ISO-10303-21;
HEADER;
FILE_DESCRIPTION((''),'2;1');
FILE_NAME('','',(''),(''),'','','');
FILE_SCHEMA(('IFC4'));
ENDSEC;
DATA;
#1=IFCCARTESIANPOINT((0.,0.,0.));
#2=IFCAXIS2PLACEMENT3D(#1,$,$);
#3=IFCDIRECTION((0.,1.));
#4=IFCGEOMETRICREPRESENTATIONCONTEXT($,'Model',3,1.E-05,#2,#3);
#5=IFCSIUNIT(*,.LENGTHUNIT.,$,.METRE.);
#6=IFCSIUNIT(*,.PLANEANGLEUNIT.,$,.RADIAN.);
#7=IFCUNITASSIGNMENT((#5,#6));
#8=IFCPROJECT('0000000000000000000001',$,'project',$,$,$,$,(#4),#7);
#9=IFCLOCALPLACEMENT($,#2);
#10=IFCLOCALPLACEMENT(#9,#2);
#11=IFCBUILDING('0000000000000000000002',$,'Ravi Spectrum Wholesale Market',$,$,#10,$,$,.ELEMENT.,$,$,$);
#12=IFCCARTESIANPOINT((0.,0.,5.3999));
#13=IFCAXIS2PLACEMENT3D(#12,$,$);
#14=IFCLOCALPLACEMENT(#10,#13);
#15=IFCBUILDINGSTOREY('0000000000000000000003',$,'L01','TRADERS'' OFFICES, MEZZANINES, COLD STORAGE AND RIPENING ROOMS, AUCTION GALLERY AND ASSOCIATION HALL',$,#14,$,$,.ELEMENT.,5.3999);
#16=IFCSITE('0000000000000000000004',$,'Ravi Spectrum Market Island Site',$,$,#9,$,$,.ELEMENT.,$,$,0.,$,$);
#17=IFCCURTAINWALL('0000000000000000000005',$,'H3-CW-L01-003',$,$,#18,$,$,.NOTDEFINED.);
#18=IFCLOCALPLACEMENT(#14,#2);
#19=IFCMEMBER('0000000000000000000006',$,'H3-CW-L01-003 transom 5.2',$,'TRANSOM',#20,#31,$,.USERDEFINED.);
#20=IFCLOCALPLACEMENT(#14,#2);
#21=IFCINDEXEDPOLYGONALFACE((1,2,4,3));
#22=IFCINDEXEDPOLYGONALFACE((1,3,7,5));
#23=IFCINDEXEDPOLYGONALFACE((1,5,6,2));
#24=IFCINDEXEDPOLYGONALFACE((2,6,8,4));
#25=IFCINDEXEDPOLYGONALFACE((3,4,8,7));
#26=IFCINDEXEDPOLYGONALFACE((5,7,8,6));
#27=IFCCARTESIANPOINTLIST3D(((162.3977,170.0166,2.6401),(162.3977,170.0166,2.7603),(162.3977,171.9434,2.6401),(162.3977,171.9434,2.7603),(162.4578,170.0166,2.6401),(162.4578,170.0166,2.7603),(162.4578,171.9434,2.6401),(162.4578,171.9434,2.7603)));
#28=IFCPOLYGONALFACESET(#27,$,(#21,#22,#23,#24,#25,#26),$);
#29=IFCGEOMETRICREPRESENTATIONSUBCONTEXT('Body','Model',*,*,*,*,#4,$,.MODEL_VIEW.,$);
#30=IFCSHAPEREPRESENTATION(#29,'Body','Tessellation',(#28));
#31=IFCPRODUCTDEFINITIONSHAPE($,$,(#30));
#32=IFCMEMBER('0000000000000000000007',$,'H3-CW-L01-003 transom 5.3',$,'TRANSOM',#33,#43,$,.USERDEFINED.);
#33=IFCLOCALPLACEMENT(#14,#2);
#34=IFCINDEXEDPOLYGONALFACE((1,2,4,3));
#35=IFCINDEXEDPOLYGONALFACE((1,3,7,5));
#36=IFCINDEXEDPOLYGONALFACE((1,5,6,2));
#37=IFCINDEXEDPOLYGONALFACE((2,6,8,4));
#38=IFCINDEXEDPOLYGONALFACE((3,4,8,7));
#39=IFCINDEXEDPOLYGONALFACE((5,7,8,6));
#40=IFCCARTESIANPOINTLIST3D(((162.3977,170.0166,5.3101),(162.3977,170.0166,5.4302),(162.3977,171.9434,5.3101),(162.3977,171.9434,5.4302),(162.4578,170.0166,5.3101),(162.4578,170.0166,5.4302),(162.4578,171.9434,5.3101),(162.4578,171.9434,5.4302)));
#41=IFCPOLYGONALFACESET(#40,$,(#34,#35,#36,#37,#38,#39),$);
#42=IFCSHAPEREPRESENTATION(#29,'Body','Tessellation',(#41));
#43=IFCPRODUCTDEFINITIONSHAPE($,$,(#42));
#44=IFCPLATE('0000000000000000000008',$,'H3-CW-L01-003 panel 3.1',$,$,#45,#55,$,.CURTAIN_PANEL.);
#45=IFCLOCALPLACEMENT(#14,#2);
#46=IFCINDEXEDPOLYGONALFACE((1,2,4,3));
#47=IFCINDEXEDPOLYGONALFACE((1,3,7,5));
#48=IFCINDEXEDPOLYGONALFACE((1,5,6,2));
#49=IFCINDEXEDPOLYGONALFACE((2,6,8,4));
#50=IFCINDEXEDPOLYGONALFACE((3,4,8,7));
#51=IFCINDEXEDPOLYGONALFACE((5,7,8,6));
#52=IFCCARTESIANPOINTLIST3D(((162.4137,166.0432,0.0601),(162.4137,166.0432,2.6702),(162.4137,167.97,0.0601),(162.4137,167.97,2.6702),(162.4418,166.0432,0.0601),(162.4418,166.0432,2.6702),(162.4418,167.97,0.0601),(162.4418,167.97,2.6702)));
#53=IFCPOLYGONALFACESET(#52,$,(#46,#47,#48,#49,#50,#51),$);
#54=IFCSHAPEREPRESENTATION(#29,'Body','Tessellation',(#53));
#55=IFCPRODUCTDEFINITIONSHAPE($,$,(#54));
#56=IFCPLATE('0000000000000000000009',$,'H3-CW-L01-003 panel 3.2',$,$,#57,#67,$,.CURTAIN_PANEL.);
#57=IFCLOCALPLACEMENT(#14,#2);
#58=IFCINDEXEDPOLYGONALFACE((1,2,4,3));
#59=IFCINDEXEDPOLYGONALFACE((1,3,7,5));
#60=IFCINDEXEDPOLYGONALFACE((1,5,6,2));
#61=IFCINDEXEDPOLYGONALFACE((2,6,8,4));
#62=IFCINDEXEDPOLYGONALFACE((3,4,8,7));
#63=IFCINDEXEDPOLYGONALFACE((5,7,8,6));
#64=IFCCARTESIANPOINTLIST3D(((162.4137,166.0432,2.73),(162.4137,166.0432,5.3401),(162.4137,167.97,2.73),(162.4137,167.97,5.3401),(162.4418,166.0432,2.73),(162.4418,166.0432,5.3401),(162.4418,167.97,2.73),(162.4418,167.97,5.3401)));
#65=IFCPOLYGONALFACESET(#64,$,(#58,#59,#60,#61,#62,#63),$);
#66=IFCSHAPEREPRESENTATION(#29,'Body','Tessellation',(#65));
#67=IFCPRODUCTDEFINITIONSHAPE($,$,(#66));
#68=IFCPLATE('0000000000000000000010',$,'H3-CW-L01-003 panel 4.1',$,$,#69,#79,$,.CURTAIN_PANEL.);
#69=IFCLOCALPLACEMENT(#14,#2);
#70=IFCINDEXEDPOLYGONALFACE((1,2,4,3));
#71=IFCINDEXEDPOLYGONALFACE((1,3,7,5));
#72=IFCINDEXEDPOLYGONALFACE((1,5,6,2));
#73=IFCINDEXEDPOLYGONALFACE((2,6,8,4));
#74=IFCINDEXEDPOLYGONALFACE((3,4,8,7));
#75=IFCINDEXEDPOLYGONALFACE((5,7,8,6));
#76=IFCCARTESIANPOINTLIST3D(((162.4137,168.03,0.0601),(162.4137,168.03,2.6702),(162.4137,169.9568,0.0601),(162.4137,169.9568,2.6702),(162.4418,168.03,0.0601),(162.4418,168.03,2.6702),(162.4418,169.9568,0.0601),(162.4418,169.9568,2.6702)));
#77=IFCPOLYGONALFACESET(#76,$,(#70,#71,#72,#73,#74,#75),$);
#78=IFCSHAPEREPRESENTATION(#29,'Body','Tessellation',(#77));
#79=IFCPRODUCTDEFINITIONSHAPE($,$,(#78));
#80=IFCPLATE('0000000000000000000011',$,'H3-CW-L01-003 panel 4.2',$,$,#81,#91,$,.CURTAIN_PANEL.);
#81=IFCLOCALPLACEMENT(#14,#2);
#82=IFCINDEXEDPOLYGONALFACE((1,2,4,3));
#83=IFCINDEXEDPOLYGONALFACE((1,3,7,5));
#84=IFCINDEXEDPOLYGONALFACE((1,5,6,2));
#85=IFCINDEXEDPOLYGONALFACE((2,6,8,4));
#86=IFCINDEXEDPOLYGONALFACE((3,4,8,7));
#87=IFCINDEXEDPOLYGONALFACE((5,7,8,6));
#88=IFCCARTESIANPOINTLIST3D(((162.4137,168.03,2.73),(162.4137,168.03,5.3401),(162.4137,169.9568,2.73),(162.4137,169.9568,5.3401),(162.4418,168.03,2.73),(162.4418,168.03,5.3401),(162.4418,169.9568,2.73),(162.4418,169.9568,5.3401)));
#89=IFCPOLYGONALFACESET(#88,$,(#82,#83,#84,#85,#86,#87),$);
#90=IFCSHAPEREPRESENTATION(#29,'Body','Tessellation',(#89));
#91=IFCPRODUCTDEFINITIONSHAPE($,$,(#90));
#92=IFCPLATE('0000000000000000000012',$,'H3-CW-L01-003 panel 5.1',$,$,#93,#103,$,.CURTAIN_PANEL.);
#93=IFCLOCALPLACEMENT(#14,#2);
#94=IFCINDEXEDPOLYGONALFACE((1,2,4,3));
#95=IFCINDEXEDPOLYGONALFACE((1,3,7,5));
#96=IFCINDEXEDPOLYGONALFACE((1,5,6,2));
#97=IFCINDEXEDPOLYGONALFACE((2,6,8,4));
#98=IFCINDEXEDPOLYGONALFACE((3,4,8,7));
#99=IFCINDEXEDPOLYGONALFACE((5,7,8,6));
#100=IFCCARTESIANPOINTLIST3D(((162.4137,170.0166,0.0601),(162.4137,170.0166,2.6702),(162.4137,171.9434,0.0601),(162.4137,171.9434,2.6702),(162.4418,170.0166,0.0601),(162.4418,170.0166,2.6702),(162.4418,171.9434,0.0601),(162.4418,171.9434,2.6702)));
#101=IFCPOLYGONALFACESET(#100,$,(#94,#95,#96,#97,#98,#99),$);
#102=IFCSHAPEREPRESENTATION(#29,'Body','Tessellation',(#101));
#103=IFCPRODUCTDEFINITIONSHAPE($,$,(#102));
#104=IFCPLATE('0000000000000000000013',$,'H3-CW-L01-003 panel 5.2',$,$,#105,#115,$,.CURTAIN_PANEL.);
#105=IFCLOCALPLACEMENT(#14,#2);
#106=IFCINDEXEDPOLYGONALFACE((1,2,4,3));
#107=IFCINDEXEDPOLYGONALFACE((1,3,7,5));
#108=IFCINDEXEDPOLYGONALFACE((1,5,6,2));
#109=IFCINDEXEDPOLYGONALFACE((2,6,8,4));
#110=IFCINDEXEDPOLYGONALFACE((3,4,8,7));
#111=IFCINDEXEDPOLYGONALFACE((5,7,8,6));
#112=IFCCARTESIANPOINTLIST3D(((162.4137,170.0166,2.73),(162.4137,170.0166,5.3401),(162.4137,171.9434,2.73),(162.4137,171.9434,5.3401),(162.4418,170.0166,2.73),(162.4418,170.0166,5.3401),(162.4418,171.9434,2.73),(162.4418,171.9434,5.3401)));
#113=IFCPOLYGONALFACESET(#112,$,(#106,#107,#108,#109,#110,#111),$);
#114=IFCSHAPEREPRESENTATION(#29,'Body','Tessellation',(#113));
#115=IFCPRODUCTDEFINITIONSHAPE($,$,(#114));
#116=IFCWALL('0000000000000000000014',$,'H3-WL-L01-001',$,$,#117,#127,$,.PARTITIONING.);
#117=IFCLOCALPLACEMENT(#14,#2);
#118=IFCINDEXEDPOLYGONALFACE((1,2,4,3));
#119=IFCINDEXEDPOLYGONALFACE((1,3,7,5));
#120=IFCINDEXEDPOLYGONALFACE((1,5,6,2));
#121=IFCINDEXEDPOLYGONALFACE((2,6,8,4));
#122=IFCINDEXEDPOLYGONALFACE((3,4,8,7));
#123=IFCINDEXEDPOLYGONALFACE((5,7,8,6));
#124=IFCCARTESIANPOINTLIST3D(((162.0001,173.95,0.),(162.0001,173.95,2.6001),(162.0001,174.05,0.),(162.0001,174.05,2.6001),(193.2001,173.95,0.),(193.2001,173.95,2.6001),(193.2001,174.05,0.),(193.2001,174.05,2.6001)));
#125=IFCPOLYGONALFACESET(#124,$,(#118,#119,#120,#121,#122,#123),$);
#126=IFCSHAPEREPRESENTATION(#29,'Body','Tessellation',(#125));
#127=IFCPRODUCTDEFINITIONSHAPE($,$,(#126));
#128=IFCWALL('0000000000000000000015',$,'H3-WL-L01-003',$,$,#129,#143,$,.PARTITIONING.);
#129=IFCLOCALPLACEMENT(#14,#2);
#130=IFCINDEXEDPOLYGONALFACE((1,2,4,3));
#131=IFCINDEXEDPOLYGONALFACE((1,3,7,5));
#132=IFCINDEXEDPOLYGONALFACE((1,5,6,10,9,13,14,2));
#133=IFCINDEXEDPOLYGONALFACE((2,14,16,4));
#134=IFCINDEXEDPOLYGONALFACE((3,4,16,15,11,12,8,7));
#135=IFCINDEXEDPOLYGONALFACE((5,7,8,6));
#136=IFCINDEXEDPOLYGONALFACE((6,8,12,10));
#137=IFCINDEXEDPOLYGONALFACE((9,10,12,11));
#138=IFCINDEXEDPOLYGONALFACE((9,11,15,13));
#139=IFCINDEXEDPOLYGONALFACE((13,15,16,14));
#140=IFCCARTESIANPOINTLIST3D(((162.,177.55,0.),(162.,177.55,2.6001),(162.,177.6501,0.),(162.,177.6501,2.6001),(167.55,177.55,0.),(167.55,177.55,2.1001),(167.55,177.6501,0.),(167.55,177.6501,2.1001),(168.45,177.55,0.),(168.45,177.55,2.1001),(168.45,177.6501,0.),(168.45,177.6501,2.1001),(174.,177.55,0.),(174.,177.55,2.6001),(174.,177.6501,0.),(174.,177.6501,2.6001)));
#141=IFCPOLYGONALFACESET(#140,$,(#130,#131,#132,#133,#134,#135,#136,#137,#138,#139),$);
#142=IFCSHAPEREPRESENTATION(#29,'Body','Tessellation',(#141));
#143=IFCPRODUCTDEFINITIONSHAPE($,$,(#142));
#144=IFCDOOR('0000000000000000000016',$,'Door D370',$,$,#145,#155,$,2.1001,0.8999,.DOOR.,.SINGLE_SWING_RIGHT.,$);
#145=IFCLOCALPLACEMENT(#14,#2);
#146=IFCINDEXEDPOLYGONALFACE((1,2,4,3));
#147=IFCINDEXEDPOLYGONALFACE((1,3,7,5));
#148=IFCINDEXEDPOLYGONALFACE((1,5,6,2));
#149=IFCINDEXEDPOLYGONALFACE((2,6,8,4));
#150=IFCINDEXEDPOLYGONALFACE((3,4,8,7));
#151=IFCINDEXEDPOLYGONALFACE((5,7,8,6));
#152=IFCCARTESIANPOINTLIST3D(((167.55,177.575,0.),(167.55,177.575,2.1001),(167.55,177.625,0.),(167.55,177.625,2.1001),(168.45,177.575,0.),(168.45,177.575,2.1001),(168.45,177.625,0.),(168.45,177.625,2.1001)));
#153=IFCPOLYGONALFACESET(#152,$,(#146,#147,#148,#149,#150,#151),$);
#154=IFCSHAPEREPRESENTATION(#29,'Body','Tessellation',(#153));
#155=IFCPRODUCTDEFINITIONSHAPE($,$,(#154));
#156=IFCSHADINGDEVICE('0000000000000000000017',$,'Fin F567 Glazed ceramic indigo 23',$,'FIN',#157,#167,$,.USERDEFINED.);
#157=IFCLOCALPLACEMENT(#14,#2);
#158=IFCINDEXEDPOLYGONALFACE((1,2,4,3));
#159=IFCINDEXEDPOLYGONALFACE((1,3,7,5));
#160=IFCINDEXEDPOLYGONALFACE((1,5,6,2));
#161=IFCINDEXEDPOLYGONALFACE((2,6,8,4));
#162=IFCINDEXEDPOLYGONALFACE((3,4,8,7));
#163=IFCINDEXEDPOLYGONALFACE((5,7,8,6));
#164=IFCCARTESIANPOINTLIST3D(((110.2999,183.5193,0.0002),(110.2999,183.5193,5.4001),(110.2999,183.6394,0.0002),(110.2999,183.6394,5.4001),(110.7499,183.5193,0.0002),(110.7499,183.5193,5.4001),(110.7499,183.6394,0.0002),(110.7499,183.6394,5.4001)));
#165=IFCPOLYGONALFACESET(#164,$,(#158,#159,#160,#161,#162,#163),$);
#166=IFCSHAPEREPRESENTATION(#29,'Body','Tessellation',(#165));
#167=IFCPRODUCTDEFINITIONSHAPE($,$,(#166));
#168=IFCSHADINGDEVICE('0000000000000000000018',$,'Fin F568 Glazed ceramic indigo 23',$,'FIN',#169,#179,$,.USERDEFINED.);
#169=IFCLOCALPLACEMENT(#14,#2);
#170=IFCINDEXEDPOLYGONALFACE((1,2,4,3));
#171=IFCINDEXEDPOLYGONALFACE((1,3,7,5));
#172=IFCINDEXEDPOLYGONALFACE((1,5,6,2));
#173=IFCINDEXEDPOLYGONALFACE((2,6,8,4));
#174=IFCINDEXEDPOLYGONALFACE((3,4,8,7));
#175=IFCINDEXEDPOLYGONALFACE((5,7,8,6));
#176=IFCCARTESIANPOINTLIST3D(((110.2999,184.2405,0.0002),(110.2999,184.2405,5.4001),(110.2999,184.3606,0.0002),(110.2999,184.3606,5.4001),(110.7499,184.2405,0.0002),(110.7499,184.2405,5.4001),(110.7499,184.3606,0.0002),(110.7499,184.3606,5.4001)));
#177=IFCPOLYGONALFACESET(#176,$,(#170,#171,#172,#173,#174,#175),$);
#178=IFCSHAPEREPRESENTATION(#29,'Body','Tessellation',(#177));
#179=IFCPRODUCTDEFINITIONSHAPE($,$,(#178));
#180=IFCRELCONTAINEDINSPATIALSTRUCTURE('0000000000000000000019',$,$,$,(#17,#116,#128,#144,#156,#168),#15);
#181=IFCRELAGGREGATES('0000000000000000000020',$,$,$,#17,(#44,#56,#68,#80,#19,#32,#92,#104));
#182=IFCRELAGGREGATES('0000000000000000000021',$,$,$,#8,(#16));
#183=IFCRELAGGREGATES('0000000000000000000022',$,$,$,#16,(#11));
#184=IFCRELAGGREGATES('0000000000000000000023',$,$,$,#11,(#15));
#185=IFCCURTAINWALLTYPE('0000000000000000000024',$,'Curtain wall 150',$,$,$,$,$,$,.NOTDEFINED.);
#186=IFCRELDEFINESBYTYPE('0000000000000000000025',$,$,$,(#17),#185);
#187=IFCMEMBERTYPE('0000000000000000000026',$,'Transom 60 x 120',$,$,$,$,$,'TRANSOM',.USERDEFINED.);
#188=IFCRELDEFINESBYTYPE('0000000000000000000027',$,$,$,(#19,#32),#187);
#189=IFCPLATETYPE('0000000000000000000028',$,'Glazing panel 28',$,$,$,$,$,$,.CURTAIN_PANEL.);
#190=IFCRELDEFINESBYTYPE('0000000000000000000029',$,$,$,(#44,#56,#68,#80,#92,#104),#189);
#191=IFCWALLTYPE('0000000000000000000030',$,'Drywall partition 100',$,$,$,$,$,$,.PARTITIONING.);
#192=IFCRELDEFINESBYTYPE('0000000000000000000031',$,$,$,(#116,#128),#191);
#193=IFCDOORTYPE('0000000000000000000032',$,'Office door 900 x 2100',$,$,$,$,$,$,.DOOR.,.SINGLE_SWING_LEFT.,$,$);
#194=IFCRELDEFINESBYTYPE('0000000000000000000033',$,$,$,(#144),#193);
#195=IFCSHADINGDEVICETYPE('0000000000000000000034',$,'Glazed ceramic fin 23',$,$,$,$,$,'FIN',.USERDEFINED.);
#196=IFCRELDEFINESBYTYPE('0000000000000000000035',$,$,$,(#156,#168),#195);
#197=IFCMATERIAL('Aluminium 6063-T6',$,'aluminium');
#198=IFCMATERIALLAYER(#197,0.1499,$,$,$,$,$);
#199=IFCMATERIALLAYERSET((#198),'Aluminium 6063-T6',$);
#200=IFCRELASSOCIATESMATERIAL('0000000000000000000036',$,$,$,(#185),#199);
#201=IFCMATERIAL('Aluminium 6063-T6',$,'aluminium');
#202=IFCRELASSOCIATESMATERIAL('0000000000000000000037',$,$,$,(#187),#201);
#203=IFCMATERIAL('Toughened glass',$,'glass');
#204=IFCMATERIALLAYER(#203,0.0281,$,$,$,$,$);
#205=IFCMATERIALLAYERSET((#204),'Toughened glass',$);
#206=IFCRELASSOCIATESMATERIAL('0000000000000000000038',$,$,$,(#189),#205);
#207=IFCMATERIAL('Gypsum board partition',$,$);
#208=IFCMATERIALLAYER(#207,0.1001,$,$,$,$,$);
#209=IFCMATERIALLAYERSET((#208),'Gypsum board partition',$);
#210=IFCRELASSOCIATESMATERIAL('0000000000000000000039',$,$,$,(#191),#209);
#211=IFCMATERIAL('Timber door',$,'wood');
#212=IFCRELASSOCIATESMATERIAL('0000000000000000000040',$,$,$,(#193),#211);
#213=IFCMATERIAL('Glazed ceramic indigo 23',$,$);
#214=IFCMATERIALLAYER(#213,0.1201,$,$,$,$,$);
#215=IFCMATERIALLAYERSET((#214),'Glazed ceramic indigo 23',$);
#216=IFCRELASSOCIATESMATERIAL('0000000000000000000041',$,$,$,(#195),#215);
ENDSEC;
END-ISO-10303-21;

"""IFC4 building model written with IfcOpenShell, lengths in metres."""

from ifc_helpers import new_model, si_unit, direction, frame, frame_2d, origin, origin_2d, place, context, subcontext, project, spatial, rectangle, extrude, material, layer, layer_set, material_profile, profile_set, type_object, element, fill, aggregate, save


model = new_model("IFC4")

# Units and contexts
model_context = context("Model", 3, precision=1e-05, world=origin(), true_north=direction((0.0, 1.0)))
body_context = subcontext(model_context, "Body", "Model", "MODEL_VIEW")
ifc_project = project(units=[si_unit("LENGTHUNIT", "METRE"), si_unit("PLANEANGLEUNIT", "RADIAN")], contexts=[model_context])

# Site, building, storey
site_placement = place(None, origin())
site = spatial("IfcSite", under=ifc_project, at=site_placement, Name="Ravi Spectrum Market Island Site", CompositionType="ELEMENT", RefElevation=0.0)
building_placement = place(site_placement, origin())
building = spatial("IfcBuilding", under=site, at=building_placement, Name="Ravi Spectrum Wholesale Market", CompositionType="ELEMENT")
storey_placement = place(building_placement, frame((0.0, 0.0, 5.3999)))
storey = spatial("IfcBuildingStorey", under=building, at=storey_placement, Name="L01", Description="TRADERS' OFFICES, MEZZANINES, COLD STORAGE AND RIPENING ROOMS, AUCTION GALLERY AND ASSOCIATION HALL", CompositionType="ELEMENT", Elevation=5.3999)

# Curtain wall, members, plates
ifc_material_1 = material(Name="Aluminium 6063-T6", Category="aluminium")
ifc_layer_1 = layer(ifc_material_1, 0.1499)
ifc_layer_set_1 = layer_set([ifc_layer_1], Name="Aluminium 6063-T6")
curtain_wall_type = type_object("IfcCurtainWallType", Name="Curtain wall 150", PredefinedType="NOTDEFINED", material=ifc_layer_set_1)
curtain_wall_placement = place(storey_placement, origin())
curtain_wall = element("IfcCurtainWall", 1, at=curtain_wall_placement, inside=storey, type_object=curtain_wall_type, Name="H3-CW-L01-003", PredefinedType="NOTDEFINED")
ifc_material_2 = material(Name="Aluminium 6063-T6", Category="aluminium")
ifc_material_profile_1 = material_profile(ifc_material_2, rectangle(XDim=0.0601, YDim=0.1201, at=origin_2d()))
ifc_profile_set_1 = profile_set([ifc_material_profile_1], Name="Aluminium 6063-T6")
member_type_1 = type_object("IfcMemberType", Name="Transom 60 x 120", ElementType="TRANSOM", PredefinedType="USERDEFINED", material=ifc_profile_set_1)
member_1_placement = place(storey_placement, frame((162.4277, 170.0166, 2.7002), z_axis=(0.0, 1.0, 0.0), x_axis=(-1.0, 0.0, 0.0)))
member_1 = element("IfcMember", 2, at=member_1_placement, type_object=member_type_1, Name="H3-CW-L01-003 transom 5.2", ObjectType="TRANSOM", PredefinedType="USERDEFINED", context=body_context, shape_type="SweptSolid", body=[
    extrude(rectangle(XDim=0.0601, YDim=0.1201, at=origin_2d()), origin(), (0.0, 0.0, 1.0), 1.9268),
])
member_2_placement = place(storey_placement, frame((162.4277, 170.0166, 5.3701), z_axis=(0.0, 1.0, 0.0), x_axis=(-1.0, 0.0, 0.0)))
member_2 = element("IfcMember", 3, at=member_2_placement, type_object=member_type_1, Name="H3-CW-L01-003 transom 5.3", ObjectType="TRANSOM", PredefinedType="USERDEFINED", context=body_context, shape_type="SweptSolid", body=[
    extrude(rectangle(XDim=0.0601, YDim=0.1201, at=origin_2d()), origin(), (0.0, 0.0, 1.0), 1.9268),
])
ifc_material_3 = material(Name="Toughened glass", Category="glass")
ifc_layer_2 = layer(ifc_material_3, 0.0281)
ifc_layer_set_2 = layer_set([ifc_layer_2], Name="Toughened glass")
plate_type = type_object("IfcPlateType", Name="Glazing panel 28", PredefinedType="CURTAIN_PANEL", material=ifc_layer_set_2)
plate_1_placement = place(storey_placement, frame((162.4277, 167.0066, 0.0601), z_axis=(0.0, 0.0, 1.0), x_axis=(0.0, 1.0, 0.0)))
plate_1 = element("IfcPlate", 4, at=plate_1_placement, type_object=plate_type, Name="H3-CW-L01-003 panel 3.1", PredefinedType="CURTAIN_PANEL", context=body_context, shape_type="SweptSolid", body=[
    extrude(rectangle(XDim=1.9268, YDim=0.0281, at=origin_2d()), origin(), (0.0, 0.0, 1.0), 2.6101),
])
plate_2_placement = place(storey_placement, frame((162.4277, 167.0066, 2.73), z_axis=(0.0, 0.0, 1.0), x_axis=(0.0, 1.0, 0.0)))
plate_2 = element("IfcPlate", 5, at=plate_2_placement, type_object=plate_type, Name="H3-CW-L01-003 panel 3.2", PredefinedType="CURTAIN_PANEL", context=body_context, shape_type="SweptSolid", body=[
    extrude(rectangle(XDim=1.9268, YDim=0.0281, at=origin_2d()), origin(), (0.0, 0.0, 1.0), 2.6101),
])
plate_3_placement = place(storey_placement, frame((162.4277, 168.9934, 0.0601), z_axis=(0.0, 0.0, 1.0), x_axis=(0.0, 1.0, 0.0)))
plate_3 = element("IfcPlate", 6, at=plate_3_placement, type_object=plate_type, Name="H3-CW-L01-003 panel 4.1", PredefinedType="CURTAIN_PANEL", context=body_context, shape_type="SweptSolid", body=[
    extrude(rectangle(XDim=1.9268, YDim=0.0281, at=origin_2d()), origin(), (0.0, 0.0, 1.0), 2.6101),
])
plate_4_placement = place(storey_placement, frame((162.4277, 168.9934, 2.73), z_axis=(0.0, 0.0, 1.0), x_axis=(0.0, 1.0, 0.0)))
plate_4 = element("IfcPlate", 7, at=plate_4_placement, type_object=plate_type, Name="H3-CW-L01-003 panel 4.2", PredefinedType="CURTAIN_PANEL", context=body_context, shape_type="SweptSolid", body=[
    extrude(rectangle(XDim=1.9268, YDim=0.0281, at=origin_2d()), origin(), (0.0, 0.0, 1.0), 2.6101),
])
plate_5_placement = place(storey_placement, frame((162.4277, 170.98, 0.0601), z_axis=(0.0, 0.0, 1.0), x_axis=(0.0, 1.0, 0.0)))
plate_5 = element("IfcPlate", 8, at=plate_5_placement, type_object=plate_type, Name="H3-CW-L01-003 panel 5.1", PredefinedType="CURTAIN_PANEL", context=body_context, shape_type="SweptSolid", body=[
    extrude(rectangle(XDim=1.9268, YDim=0.0281, at=origin_2d()), origin(), (0.0, 0.0, 1.0), 2.6101),
])
plate_6_placement = place(storey_placement, frame((162.4277, 170.98, 2.73), z_axis=(0.0, 0.0, 1.0), x_axis=(0.0, 1.0, 0.0)))
plate_6 = element("IfcPlate", 9, at=plate_6_placement, type_object=plate_type, Name="H3-CW-L01-003 panel 5.2", PredefinedType="CURTAIN_PANEL", context=body_context, shape_type="SweptSolid", body=[
    extrude(rectangle(XDim=1.9268, YDim=0.0281, at=origin_2d()), origin(), (0.0, 0.0, 1.0), 2.6101),
])
aggregate(curtain_wall, [plate_1, plate_2, plate_3, plate_4, member_1, member_2, plate_5, plate_6])

# Wall
ifc_material_4 = material(Name="Gypsum board partition")
ifc_layer_3 = layer(ifc_material_4, 0.1001)
ifc_layer_set_3 = layer_set([ifc_layer_3], Name="Gypsum board partition")
wall_type = type_object("IfcWallType", Name="Drywall partition 100", PredefinedType="PARTITIONING", material=ifc_layer_set_3)
wall_1_placement = place(storey_placement, frame((162.0, 174.0, 0.0), z_axis=(0.0, 0.0, 1.0), x_axis=(1.0, 0.0, 0.0)))
element("IfcWall", 10, at=wall_1_placement, inside=storey, type_object=wall_type, Name="H3-WL-L01-001", PredefinedType="PARTITIONING", context=body_context, shape_type="SweptSolid", body=[
    extrude(rectangle(XDim=31.2, YDim=0.1001, at=frame_2d((15.6001, 0.0))), origin(), (0.0, 0.0, 1.0), 2.6001),
])

# Wall, opening, door
wall_2_placement = place(storey_placement, frame((162.0, 177.6001, 0.0), z_axis=(0.0, 0.0, 1.0), x_axis=(1.0, 0.0, 0.0)))
wall_2 = element("IfcWall", 11, at=wall_2_placement, inside=storey, type_object=wall_type, Name="H3-WL-L01-003", PredefinedType="PARTITIONING", context=body_context, shape_type="SweptSolid", body=[
    extrude(rectangle(XDim=12.0, YDim=0.1001, at=frame_2d((6.0, 0.0))), origin(), (0.0, 0.0, 1.0), 2.6001),
])
opening_placement = place(wall_2_placement, frame((5.55, 0.0, 0.0)))
opening = element("IfcOpeningElement", 12, at=opening_placement, cuts=wall_2, PredefinedType="OPENING", context=body_context, shape_type="SweptSolid", body=[
    extrude(rectangle(XDim=0.8999, YDim=2.1001, at=frame_2d((0.45, 1.05))), frame((0.0, 0.0601, 0.0), z_axis=(0.0, -1.0, 0.0), x_axis=(1.0, 0.0, 0.0)), (0.0, 0.0, 1.0), 0.1201),
])
ifc_material_5 = material(Name="Timber door", Category="wood")
door_type = type_object("IfcDoorType", Name="Office door 900 x 2100", OperationType="SINGLE_SWING_LEFT", PredefinedType="DOOR", material=ifc_material_5)
door_placement = place(opening_placement, origin())
door = element("IfcDoor", 13, at=door_placement, inside=storey, type_object=door_type, Name="Door D370", OperationType="SINGLE_SWING_RIGHT", OverallHeight=2.1001, OverallWidth=0.8999, PredefinedType="DOOR", context=body_context, shape_type="SweptSolid", body=[
    extrude(rectangle(XDim=0.8999, YDim=2.1001, at=frame_2d((0.45, 1.05))), frame((0.0, 0.0249, 0.0), z_axis=(0.0, -1.0, 0.0), x_axis=(1.0, 0.0, 0.0)), (0.0, 0.0, 1.0), 0.05),
])
fill(opening, door)

# Shading devices
ifc_material_6 = material(Name="Glazed ceramic indigo 23")
ifc_layer_4 = layer(ifc_material_6, 0.1201)
ifc_layer_set_4 = layer_set([ifc_layer_4], Name="Glazed ceramic indigo 23")
shading_device_type = type_object("IfcShadingDeviceType", Name="Glazed ceramic fin 23", ElementType="FIN", PredefinedType="USERDEFINED", material=ifc_layer_set_4)
for number, where, z_axis, x_axis, name in (
    (14, (110.5249, 183.5793, 0.0002), (0.0, 0.0, 1.0), (0.0, 1.0, 0.0), "Fin F567 Glazed ceramic indigo 23"),
    (15, (110.5249, 184.3005, 0.0002), (0.0, 0.0, 1.0), (0.0, 1.0, 0.0), "Fin F568 Glazed ceramic indigo 23"),
):
    element("IfcShadingDevice", number, at=place(storey_placement, frame(where, z_axis=z_axis, x_axis=x_axis)), inside=storey, type_object=shading_device_type, Name=name, ObjectType="FIN", PredefinedType="USERDEFINED", context=body_context, shape_type="SweptSolid", body=[
        extrude(rectangle(XDim=0.1201, YDim=0.45, at=origin_2d()), origin(), (0.0, 0.0, 1.0), 5.3999),
    ])

save(model, "model.ifc")
